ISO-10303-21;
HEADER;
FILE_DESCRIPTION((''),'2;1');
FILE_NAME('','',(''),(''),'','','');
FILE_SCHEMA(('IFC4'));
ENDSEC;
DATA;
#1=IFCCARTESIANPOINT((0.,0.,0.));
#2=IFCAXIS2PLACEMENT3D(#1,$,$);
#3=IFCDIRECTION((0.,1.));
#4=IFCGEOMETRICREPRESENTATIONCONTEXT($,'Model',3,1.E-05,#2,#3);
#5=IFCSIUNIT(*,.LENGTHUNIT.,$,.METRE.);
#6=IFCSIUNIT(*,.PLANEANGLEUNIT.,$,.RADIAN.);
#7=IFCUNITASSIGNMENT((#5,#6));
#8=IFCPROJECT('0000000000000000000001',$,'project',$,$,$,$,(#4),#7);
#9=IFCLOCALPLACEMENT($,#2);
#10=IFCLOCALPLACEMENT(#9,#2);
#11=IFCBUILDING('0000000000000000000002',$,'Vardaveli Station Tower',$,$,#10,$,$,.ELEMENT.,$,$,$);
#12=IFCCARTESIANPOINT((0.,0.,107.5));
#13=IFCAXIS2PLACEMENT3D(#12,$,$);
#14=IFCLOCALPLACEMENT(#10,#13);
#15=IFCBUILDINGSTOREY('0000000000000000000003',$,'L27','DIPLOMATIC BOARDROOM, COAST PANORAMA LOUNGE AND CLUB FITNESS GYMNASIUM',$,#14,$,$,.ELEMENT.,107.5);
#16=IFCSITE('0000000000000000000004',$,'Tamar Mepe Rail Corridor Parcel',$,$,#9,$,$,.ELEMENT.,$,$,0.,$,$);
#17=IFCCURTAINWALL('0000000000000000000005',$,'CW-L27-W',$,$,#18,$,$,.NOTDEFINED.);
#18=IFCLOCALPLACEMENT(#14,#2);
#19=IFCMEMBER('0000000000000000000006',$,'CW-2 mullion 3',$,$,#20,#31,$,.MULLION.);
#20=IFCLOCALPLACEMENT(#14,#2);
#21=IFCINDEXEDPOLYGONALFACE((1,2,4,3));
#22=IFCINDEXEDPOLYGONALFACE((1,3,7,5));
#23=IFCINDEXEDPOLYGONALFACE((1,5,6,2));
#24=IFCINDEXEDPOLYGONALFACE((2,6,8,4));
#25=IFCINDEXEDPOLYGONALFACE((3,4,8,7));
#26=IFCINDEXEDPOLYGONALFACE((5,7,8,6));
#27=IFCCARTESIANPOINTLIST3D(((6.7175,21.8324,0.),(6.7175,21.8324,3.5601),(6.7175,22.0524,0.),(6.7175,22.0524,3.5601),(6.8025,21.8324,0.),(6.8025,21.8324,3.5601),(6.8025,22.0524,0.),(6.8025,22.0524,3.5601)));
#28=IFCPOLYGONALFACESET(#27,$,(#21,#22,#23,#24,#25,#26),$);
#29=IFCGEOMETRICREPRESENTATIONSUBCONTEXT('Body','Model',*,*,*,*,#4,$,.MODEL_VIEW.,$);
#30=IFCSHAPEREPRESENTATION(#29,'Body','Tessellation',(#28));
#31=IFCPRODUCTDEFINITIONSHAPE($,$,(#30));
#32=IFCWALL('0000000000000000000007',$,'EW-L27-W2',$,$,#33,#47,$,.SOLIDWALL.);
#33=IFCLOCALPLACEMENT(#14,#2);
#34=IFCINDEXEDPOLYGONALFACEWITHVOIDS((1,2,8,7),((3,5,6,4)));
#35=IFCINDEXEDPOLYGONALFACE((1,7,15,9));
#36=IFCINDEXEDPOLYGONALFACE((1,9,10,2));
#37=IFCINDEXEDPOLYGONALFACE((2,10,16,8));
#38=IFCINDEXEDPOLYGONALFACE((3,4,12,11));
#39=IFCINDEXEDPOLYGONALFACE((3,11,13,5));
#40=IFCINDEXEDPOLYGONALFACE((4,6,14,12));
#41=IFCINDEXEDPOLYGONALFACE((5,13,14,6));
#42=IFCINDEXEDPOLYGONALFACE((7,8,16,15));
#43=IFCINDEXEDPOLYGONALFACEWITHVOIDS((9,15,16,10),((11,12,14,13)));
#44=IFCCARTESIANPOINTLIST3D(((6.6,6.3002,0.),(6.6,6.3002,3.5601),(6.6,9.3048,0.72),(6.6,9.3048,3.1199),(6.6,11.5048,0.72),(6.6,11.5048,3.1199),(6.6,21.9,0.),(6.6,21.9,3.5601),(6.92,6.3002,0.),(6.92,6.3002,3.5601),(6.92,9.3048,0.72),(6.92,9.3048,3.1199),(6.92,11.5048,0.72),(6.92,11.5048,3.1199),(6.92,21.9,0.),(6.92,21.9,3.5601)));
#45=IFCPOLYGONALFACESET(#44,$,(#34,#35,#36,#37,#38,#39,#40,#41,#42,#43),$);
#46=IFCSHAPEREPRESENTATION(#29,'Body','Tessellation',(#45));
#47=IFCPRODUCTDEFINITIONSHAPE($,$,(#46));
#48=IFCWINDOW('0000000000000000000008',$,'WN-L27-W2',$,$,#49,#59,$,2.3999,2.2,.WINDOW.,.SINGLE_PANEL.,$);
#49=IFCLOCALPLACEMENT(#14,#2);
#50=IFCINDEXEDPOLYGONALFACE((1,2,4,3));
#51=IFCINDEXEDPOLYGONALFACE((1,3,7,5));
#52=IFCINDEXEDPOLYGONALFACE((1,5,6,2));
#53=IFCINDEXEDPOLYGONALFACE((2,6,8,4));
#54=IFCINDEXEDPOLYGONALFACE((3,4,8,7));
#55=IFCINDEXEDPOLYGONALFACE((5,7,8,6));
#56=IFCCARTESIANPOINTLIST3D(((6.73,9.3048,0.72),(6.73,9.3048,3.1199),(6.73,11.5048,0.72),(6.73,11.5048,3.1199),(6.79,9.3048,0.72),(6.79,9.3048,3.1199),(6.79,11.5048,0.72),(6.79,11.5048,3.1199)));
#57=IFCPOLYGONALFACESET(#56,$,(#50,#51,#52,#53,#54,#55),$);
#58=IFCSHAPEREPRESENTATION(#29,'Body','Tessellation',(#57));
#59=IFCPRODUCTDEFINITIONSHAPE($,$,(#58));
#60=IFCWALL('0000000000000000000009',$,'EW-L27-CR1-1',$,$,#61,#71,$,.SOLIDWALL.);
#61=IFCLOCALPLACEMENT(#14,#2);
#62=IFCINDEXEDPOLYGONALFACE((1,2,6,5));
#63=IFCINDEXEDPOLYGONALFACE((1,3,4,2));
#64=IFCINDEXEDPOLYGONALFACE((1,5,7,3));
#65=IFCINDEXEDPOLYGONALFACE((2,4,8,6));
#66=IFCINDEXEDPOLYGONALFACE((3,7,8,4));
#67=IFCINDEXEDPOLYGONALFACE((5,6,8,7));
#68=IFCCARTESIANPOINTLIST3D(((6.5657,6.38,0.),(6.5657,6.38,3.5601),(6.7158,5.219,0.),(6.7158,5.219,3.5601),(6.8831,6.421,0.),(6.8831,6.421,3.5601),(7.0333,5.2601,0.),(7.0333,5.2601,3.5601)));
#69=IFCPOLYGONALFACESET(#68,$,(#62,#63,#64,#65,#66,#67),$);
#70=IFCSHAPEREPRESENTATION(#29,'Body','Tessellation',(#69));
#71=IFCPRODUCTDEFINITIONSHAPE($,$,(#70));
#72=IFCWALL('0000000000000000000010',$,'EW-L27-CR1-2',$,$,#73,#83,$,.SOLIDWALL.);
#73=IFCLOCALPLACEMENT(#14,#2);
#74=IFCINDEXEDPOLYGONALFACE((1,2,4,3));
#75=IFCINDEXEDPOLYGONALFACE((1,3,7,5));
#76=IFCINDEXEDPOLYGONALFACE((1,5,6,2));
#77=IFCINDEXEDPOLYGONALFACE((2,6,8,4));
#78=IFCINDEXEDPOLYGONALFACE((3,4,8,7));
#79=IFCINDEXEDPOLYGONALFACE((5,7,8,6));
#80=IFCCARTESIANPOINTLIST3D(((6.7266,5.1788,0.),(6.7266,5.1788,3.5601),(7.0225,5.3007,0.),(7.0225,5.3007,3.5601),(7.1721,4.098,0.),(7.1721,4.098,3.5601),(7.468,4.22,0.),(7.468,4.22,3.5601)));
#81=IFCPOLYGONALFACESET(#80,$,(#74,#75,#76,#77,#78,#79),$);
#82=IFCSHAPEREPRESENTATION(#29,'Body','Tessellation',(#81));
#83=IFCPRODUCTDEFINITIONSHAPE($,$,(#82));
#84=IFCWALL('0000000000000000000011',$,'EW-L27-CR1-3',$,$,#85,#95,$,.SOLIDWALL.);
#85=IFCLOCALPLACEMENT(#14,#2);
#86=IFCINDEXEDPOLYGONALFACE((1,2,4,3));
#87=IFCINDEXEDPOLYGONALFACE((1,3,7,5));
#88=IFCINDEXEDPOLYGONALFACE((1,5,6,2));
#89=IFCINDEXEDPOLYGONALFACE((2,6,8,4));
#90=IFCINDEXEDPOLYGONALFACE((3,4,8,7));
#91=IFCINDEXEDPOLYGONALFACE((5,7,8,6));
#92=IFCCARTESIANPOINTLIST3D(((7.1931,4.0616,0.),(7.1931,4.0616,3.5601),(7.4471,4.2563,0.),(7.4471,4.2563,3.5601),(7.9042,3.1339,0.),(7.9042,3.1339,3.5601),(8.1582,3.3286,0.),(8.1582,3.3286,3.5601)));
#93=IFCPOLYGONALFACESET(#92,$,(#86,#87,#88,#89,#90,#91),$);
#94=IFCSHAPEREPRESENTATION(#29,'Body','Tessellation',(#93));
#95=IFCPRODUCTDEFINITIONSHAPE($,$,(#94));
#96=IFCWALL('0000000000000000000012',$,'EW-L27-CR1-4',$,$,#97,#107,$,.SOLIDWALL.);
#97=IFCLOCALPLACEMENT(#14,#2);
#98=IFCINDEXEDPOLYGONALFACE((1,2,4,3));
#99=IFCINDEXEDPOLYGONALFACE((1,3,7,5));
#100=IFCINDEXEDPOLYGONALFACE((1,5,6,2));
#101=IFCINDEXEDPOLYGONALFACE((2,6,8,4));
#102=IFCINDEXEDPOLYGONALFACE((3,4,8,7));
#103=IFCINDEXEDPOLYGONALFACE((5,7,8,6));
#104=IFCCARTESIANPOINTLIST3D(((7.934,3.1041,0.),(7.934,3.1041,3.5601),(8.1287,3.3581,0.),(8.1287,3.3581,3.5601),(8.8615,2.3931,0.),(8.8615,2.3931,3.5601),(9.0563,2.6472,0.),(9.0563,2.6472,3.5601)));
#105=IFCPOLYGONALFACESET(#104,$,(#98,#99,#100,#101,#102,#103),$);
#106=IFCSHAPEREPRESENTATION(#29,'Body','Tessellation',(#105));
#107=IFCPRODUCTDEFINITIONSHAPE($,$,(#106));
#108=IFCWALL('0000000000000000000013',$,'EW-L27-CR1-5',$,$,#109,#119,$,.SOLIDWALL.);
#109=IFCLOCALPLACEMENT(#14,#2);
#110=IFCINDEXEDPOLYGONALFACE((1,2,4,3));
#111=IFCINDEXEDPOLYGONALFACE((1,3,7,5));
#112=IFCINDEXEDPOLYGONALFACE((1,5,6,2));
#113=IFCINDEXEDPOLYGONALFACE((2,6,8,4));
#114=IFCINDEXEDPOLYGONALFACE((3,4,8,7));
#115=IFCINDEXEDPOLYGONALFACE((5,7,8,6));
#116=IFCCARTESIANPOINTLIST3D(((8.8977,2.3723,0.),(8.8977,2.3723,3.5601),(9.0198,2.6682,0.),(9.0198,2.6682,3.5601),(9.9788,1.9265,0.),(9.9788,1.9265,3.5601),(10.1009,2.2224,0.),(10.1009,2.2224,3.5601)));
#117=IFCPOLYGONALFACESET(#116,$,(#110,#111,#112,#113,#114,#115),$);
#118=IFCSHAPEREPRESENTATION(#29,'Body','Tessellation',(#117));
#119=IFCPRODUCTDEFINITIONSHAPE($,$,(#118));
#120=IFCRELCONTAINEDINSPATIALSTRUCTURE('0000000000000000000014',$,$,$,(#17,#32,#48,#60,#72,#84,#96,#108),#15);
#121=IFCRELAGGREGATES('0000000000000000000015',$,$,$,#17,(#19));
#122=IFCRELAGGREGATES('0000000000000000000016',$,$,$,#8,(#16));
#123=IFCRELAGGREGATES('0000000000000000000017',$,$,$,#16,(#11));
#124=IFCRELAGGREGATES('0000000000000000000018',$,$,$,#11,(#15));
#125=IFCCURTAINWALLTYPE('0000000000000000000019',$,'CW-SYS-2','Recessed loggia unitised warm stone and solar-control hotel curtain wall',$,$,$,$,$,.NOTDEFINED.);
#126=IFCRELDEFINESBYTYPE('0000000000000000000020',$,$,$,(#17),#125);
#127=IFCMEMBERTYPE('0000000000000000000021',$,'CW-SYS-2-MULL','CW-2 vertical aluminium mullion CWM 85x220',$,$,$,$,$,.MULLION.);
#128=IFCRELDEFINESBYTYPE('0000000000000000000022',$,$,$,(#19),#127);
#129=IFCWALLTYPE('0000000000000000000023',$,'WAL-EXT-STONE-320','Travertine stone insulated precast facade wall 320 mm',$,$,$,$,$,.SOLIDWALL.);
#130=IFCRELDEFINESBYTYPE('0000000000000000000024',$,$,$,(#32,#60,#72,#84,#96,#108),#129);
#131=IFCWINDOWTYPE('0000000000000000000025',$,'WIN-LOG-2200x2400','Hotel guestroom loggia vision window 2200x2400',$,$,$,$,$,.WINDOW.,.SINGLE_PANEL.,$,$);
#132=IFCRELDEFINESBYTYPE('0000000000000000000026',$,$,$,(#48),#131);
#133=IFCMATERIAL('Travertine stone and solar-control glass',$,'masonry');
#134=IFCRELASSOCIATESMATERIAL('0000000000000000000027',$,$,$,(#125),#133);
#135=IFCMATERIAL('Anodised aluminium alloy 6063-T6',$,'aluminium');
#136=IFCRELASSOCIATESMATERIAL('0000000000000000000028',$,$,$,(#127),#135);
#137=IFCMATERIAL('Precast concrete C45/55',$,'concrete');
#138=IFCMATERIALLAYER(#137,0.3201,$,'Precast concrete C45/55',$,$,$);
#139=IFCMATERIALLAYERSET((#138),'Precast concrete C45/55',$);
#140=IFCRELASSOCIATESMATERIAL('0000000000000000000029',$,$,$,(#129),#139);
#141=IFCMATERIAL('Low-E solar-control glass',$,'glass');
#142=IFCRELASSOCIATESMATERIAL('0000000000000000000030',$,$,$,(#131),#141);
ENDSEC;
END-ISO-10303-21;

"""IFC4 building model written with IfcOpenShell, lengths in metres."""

from ifc_helpers import new_model, si_unit, direction, frame, frame_2d, origin, origin_2d, place, context, subcontext, project, spatial, rectangle, extrude, source, transform, mapped, material, layer, layer_set, material_profile, profile_set, type_object, element, fill, aggregate, save


model = new_model("IFC4")

# Units and contexts
model_context = context("Model", 3, precision=1e-05, world=origin(), true_north=direction((0.0, 1.0)))
body_context = subcontext(model_context, "Body", "Model", "MODEL_VIEW")
ifc_project = project(units=[si_unit("LENGTHUNIT", "METRE"), si_unit("PLANEANGLEUNIT", "RADIAN")], contexts=[model_context])

# Site, building, storey
site_placement = place(None, origin())
site = spatial("IfcSite", under=ifc_project, at=site_placement, Name="Tamar Mepe Rail Corridor Parcel", CompositionType="ELEMENT", RefElevation=0.0)
building_placement = place(site_placement, origin())
building = spatial("IfcBuilding", under=site, at=building_placement, Name="Vardaveli Station Tower", CompositionType="ELEMENT")
storey_placement = place(building_placement, frame((0.0, 0.0, 107.5)))
storey = spatial("IfcBuildingStorey", under=building, at=storey_placement, Name="L27", Description="DIPLOMATIC BOARDROOM, COAST PANORAMA LOUNGE AND CLUB FITNESS GYMNASIUM", CompositionType="ELEMENT", Elevation=107.5)

# Shared definitions
ifc_material_1 = material(Name="Precast concrete C45/55", Category="concrete")

# Curtain wall, member
ifc_material_2 = material(Name="Travertine stone and solar-control glass", Category="masonry")
curtain_wall_type = type_object("IfcCurtainWallType", Name="CW-SYS-2", Description="Recessed loggia unitised warm stone and solar-control hotel curtain wall", PredefinedType="NOTDEFINED", material=ifc_material_2)
curtain_wall_placement = place(storey_placement, origin())
curtain_wall = element("IfcCurtainWall", 1, at=curtain_wall_placement, inside=storey, type_object=curtain_wall_type, Name="CW-L27-W", PredefinedType="NOTDEFINED")
ifc_material_3 = material(Name="Anodised aluminium alloy 6063-T6", Category="aluminium")
ifc_material_profile_1 = material_profile(ifc_material_3, rectangle(XDim=0.085, YDim=0.22, at=origin_2d()), Name="CWM 85x220")
ifc_profile_set_1 = profile_set([ifc_material_profile_1], Name="Anodised aluminium alloy 6063-T6")
member_type = type_object("IfcMemberType", Name="CW-SYS-2-MULL", Description="CW-2 vertical aluminium mullion CWM 85x220", PredefinedType="MULLION", material=ifc_profile_set_1)
shared_shape_1 = source(origin(), body_context, "Body", "SweptSolid", [
    extrude(rectangle(XDim=0.085, YDim=0.22, at=origin_2d()), origin(), (0.0, 0.0, 1.0), 3.5601),
])
member_placement = place(storey_placement, frame((6.76, 21.9424, 0.0), z_axis=(0.0, 0.0, 1.0), x_axis=(1.0, 0.0, 0.0)))
member = element("IfcMember", 2, at=member_placement, type_object=member_type, Name="CW-2 mullion 3", PredefinedType="MULLION", context=body_context, shape_type="MappedRepresentation", body=[
    mapped(shared_shape_1, transform((0.0, 0.0, 0.0), scale=1.0)),
])
aggregate(curtain_wall, [member])

# Wall, opening, window
ifc_layer_1 = layer(ifc_material_1, 0.3201, Name="Precast concrete C45/55")
ifc_layer_set_1 = layer_set([ifc_layer_1], Name="Precast concrete C45/55")
wall_type_1 = type_object("IfcWallType", Name="WAL-EXT-STONE-320", Description="Travertine stone insulated precast facade wall 320 mm", PredefinedType="SOLIDWALL", material=ifc_layer_set_1)
shared_shape_2 = source(origin(), body_context, "Body", "SweptSolid", [
    extrude(rectangle(XDim=15.5999, YDim=0.3201, at=frame_2d((7.7998, 0.0))), origin(), (0.0, 0.0, 1.0), 3.5601),
])
wall_1_placement = place(storey_placement, frame((6.76, 21.8999, 0.0), z_axis=(0.0, 0.0, 1.0), x_axis=(0.0, -1.0, 0.0)))
wall_1 = element("IfcWall", 3, at=wall_1_placement, inside=storey, type_object=wall_type_1, Name="EW-L27-W2", PredefinedType="SOLIDWALL", context=body_context, shape_type="MappedRepresentation", body=[
    mapped(shared_shape_2, transform((0.0, 0.0, 0.0), scale=1.0)),
])
shared_shape_3 = source(origin(), body_context, "Body", "SweptSolid", [
    extrude(rectangle(XDim=2.2, YDim=2.3999, at=frame_2d((1.1001, 1.2))), frame((0.0, 0.1699, 0.0), z_axis=(0.0, -1.0, 0.0), x_axis=(1.0, 0.0, 0.0)), (0.0, 0.0, 1.0), 0.3401),
])
opening_1_placement = place(wall_1_placement, frame((10.395, 0.0, 0.72)))
opening_1 = element("IfcOpeningElement", 4, at=opening_1_placement, cuts=wall_1, PredefinedType="OPENING", context=body_context, shape_type="MappedRepresentation", body=[
    mapped(shared_shape_3, transform((0.0, 0.0, 0.0), scale=1.0)),
])
ifc_material_4 = material(Name="Low-E solar-control glass", Category="glass")
window_type = type_object("IfcWindowType", Name="WIN-LOG-2200x2400", Description="Hotel guestroom loggia vision window 2200x2400", PartitioningType="SINGLE_PANEL", PredefinedType="WINDOW", material=ifc_material_4)
shared_shape_4 = source(origin(), body_context, "Body", "SweptSolid", [
    extrude(rectangle(XDim=2.2, YDim=2.3999, at=frame_2d((1.1001, 1.2))), frame((0.0, 0.03, 0.0), z_axis=(0.0, -1.0, 0.0), x_axis=(1.0, 0.0, 0.0)), (0.0, 0.0, 1.0), 0.0601),
])
window_placement = place(opening_1_placement, origin())
window = element("IfcWindow", 5, at=window_placement, inside=storey, type_object=window_type, Name="WN-L27-W2", OverallHeight=2.3999, OverallWidth=2.2, PartitioningType="SINGLE_PANEL", PredefinedType="WINDOW", context=body_context, shape_type="MappedRepresentation", body=[
    mapped(shared_shape_4, transform((0.0, 0.0, 0.0), scale=1.0)),
])
fill(opening_1, window)

# Walls
shared_shape_5 = source(origin(), body_context, "Body", "SweptSolid", [
    extrude(rectangle(XDim=1.1707, YDim=0.3201, at=frame_2d((0.5854, 0.0))), origin(), (0.0, 0.0, 1.0), 3.5601),
])
wall_2_placement = place(storey_placement, frame((6.7244, 6.4006, 0.0), z_axis=(0.0, 0.0, 1.0), x_axis=(0.128269, -0.991739, 0.0)))
element("IfcWall", 6, at=wall_2_placement, inside=storey, type_object=wall_type_1, Name="EW-L27-CR1-1", PredefinedType="SOLIDWALL", context=body_context, shape_type="MappedRepresentation", body=[
    mapped(shared_shape_5, transform((0.0, 0.0, 0.0), scale=1.0)),
])
shared_shape_6 = source(origin(), body_context, "Body", "SweptSolid", [
    extrude(rectangle(XDim=1.1689, YDim=0.3201, at=frame_2d((0.5845, 0.0))), origin(), (0.0, 0.0, 1.0), 3.5601),
])
for number, where, z_axis, x_axis, name in (
    (7, (6.8745, 5.2397, 0.0), (0.0, 0.0, 1.0), (0.381128, -0.924522, 0.0), "EW-L27-CR1-2"),
    (8, (7.3201, 4.1589, 0.0), (0.0, 0.0, 1.0), (0.608388, -0.79364, 0.0), "EW-L27-CR1-3"),
):
    element("IfcWall", number, at=place(storey_placement, frame(where, z_axis=z_axis, x_axis=x_axis)), inside=storey, type_object=wall_type_1, Name=name, PredefinedType="SOLIDWALL", context=body_context, shape_type="MappedRepresentation", body=[
        mapped(shared_shape_6, transform((0.0, 0.0, 0.0), scale=1.0)),
    ])
shared_shape_7 = source(origin(), body_context, "Body", "SweptSolid", [
    extrude(rectangle(XDim=1.1687, YDim=0.3201, at=frame_2d((0.5845, 0.0))), origin(), (0.0, 0.0, 1.0), 3.5601),
])
wall_3_placement = place(storey_placement, frame((8.0312, 3.2312, 0.0), z_axis=(0.0, 0.0, 1.0), x_axis=(0.793664, -0.608357, 0.0)))
element("IfcWall", 9, at=wall_3_placement, inside=storey, type_object=wall_type_1, Name="EW-L27-CR1-4", PredefinedType="SOLIDWALL", context=body_context, shape_type="MappedRepresentation", body=[
    mapped(shared_shape_7, transform((0.0, 0.0, 0.0), scale=1.0)),
])
shared_shape_8 = source(origin(), body_context, "Body", "SweptSolid", [
    extrude(rectangle(XDim=1.1694, YDim=0.3201, at=frame_2d((0.5847, 0.0))), origin(), (0.0, 0.0, 1.0), 3.5601),
])
wall_4_placement = place(storey_placement, frame((8.9587, 2.5203, 0.0), z_axis=(0.0, 0.0, 1.0), x_axis=(0.924479, -0.381233, 0.0)))
element("IfcWall", 10, at=wall_4_placement, inside=storey, type_object=wall_type_1, Name="EW-L27-CR1-5", PredefinedType="SOLIDWALL", context=body_context, shape_type="MappedRepresentation", body=[
    mapped(shared_shape_8, transform((0.0, 0.0, 0.0), scale=1.0)),
])

save(model, "model.ifc")
